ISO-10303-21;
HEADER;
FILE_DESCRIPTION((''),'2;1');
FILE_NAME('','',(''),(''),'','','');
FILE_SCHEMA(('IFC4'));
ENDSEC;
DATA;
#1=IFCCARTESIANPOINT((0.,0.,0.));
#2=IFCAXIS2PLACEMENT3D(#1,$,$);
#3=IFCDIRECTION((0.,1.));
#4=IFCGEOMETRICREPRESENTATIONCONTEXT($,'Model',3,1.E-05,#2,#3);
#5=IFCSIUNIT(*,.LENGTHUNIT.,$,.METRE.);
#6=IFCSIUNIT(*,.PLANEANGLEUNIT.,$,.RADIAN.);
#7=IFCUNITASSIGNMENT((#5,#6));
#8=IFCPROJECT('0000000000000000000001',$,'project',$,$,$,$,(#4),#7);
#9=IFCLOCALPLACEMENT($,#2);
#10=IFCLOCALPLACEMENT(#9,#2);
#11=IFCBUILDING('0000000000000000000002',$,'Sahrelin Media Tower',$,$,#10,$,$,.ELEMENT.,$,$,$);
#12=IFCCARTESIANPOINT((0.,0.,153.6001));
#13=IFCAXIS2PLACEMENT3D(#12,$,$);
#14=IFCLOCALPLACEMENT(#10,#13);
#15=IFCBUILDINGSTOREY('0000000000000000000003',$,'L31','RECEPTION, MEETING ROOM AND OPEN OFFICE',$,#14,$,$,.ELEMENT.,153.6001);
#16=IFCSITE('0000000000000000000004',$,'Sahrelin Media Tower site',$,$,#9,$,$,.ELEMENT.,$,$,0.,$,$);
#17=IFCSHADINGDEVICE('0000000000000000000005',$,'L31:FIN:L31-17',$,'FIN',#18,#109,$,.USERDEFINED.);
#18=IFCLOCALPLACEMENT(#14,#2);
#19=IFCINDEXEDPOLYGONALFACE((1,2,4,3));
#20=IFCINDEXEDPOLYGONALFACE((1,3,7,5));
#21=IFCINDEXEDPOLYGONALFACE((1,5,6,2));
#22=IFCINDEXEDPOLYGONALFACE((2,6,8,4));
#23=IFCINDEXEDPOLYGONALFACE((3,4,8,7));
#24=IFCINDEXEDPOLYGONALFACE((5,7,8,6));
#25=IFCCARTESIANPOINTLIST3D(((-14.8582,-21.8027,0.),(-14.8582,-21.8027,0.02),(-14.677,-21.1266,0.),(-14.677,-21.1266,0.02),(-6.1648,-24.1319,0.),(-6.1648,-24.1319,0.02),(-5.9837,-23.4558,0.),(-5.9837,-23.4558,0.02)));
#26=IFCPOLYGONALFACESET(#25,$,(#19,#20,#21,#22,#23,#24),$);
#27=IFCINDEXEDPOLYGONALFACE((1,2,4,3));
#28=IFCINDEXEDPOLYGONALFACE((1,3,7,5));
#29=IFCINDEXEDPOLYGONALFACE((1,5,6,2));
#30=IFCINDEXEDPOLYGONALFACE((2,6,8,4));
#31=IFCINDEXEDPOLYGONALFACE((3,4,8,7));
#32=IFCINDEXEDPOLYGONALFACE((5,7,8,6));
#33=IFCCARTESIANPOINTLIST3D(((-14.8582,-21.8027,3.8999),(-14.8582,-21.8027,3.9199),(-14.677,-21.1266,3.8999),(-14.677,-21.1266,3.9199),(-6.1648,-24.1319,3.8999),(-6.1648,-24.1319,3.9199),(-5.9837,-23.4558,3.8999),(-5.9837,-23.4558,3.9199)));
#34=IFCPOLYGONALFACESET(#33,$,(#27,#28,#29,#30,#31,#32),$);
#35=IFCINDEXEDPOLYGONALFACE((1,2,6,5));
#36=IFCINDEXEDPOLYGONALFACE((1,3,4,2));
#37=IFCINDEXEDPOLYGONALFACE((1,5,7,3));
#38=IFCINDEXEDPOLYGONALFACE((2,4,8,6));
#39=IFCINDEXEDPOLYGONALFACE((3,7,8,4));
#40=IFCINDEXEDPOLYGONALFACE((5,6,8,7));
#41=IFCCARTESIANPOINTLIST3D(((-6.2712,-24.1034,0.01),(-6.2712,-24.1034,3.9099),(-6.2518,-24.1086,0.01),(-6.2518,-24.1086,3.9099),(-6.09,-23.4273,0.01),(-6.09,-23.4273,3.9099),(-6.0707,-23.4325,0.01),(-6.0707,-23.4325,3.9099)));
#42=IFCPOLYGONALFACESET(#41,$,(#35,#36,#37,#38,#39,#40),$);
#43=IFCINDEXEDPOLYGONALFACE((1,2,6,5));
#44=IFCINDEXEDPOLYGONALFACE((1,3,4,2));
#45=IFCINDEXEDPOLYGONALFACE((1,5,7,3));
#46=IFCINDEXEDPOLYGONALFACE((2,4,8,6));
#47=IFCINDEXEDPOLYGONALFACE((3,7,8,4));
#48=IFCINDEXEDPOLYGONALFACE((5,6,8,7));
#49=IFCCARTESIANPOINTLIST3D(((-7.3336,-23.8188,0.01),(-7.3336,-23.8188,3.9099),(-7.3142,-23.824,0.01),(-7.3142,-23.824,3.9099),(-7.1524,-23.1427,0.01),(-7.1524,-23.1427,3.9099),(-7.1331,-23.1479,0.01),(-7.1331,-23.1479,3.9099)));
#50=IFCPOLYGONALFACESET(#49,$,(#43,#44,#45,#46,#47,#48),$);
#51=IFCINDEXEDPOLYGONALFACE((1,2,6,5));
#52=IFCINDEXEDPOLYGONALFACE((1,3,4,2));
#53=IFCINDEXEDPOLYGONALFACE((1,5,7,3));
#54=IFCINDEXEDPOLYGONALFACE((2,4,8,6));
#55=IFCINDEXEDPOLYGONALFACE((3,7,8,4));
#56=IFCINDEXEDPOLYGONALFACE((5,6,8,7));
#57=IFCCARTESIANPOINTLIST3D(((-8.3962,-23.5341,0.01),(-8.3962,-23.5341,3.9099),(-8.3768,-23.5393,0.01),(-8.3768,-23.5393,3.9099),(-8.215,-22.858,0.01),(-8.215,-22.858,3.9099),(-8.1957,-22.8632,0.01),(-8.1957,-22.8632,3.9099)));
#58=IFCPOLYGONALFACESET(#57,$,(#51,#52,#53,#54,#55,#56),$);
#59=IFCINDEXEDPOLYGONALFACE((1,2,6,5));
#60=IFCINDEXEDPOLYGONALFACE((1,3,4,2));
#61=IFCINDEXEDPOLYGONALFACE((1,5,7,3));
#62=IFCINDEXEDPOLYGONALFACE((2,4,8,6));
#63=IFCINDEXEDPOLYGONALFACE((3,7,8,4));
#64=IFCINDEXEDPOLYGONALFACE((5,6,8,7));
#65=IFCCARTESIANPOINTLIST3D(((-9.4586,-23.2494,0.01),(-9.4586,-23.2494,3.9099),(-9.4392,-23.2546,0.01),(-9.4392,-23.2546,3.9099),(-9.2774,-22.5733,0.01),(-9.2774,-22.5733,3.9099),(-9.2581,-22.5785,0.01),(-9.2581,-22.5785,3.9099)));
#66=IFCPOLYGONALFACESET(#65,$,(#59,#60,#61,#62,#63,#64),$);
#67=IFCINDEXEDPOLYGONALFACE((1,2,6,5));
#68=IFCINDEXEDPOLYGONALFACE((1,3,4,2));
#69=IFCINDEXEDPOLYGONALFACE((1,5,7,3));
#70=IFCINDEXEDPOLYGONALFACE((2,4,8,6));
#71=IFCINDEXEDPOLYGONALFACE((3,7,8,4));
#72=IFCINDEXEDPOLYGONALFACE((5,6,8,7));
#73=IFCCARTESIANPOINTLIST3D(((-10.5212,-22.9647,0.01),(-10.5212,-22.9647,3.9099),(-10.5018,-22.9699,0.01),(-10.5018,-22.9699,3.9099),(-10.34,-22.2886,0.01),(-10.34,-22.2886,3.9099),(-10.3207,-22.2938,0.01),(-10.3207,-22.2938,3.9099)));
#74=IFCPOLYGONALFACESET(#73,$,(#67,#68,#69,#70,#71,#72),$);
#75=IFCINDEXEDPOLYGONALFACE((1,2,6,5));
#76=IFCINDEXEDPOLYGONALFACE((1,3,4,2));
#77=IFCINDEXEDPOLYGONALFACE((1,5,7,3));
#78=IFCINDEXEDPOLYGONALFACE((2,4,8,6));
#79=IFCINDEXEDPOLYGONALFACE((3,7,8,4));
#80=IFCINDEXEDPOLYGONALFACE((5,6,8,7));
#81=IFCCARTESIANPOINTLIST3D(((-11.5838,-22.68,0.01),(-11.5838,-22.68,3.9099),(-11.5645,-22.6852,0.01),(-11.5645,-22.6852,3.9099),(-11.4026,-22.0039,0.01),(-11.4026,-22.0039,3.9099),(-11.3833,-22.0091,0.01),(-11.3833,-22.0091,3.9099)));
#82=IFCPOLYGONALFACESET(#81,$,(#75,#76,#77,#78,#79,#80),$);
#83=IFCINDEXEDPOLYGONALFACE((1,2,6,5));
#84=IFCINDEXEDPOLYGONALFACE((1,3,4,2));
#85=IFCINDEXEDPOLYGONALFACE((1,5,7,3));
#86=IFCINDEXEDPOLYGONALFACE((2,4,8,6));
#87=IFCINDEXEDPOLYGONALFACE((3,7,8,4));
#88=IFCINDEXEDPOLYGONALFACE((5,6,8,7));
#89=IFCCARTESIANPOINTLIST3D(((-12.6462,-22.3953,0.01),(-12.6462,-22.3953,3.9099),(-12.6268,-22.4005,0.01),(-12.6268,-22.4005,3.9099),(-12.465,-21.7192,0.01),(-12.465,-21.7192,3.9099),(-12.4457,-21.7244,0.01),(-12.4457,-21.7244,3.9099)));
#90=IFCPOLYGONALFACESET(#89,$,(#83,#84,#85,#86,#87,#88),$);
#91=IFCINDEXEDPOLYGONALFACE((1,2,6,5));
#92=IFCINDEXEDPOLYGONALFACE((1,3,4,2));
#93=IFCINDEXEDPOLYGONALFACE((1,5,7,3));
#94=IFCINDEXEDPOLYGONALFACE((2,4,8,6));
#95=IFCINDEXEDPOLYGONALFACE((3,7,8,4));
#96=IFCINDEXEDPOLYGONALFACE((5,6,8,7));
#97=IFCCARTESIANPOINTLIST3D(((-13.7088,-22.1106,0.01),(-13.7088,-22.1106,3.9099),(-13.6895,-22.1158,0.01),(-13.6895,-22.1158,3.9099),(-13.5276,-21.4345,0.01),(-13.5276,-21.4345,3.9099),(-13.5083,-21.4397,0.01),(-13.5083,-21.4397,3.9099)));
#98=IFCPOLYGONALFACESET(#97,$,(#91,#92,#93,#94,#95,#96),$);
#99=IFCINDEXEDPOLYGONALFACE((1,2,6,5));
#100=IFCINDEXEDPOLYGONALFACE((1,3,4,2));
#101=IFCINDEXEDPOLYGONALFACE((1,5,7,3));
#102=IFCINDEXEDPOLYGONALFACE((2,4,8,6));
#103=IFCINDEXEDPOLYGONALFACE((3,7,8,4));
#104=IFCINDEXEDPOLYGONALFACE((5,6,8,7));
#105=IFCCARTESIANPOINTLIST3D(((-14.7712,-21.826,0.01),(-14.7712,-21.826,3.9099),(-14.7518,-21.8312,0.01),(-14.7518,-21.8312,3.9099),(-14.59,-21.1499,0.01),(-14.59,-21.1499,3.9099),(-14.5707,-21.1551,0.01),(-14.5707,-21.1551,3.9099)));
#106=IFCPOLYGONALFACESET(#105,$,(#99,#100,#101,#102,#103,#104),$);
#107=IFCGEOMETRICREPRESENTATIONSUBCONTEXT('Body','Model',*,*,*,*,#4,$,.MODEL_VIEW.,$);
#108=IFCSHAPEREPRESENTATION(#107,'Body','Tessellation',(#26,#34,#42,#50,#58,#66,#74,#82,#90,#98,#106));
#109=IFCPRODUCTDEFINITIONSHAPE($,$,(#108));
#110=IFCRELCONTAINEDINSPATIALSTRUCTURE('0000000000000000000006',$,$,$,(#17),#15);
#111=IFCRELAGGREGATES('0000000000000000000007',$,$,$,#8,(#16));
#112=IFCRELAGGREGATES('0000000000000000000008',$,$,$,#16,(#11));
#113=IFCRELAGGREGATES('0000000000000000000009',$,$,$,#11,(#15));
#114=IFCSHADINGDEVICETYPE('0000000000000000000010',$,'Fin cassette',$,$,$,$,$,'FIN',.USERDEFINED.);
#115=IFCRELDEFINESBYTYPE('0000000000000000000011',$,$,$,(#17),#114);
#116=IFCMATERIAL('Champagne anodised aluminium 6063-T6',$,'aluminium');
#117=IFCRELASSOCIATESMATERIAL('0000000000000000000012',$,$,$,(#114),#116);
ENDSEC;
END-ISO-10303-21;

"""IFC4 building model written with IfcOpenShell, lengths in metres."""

from ifc_helpers import new_model, si_unit, direction, frame, origin, origin_2d, place, context, subcontext, project, spatial, rectangle, extrude, material, type_object, element, save


model = new_model("IFC4")

# Units and contexts
model_context = context("Model", 3, precision=1e-05, world=origin(), true_north=direction((0.0, 1.0)))
body_context = subcontext(model_context, "Body", "Model", "MODEL_VIEW")
ifc_project = project(units=[si_unit("LENGTHUNIT", "METRE"), si_unit("PLANEANGLEUNIT", "RADIAN")], contexts=[model_context])

# Site, building, storey
site_placement = place(None, origin())
site = spatial("IfcSite", under=ifc_project, at=site_placement, Name="Sahrelin Media Tower site", CompositionType="ELEMENT", RefElevation=0.0)
building_placement = place(site_placement, origin())
building = spatial("IfcBuilding", under=site, at=building_placement, Name="Sahrelin Media Tower", CompositionType="ELEMENT")
storey_placement = place(building_placement, frame((0.0, 0.0, 153.6001)))
storey = spatial("IfcBuildingStorey", under=building, at=storey_placement, Name="L31", Description="RECEPTION, MEETING ROOM AND OPEN OFFICE", CompositionType="ELEMENT", Elevation=153.6001)

# Shared definitions
ifc_material_1 = material(Name="Champagne anodised aluminium 6063-T6", Category="aluminium")

# Shading device
shading_device_type = type_object("IfcShadingDeviceType", Name="Fin cassette", ElementType="FIN", PredefinedType="USERDEFINED", material=ifc_material_1)
shading_device_placement = place(storey_placement, frame((-10.3123, -22.2236, 0.0), z_axis=(0.0, 0.0, 1.0), x_axis=(-0.965929, 0.258808, 0.0)))
element("IfcShadingDevice", 1, at=shading_device_placement, inside=storey, type_object=shading_device_type, Name="L31:FIN:L31-17", ObjectType="FIN", PredefinedType="USERDEFINED", context=body_context, shape_type="SweptSolid", body=[
    extrude(rectangle(XDim=9.0, YDim=0.7, at=origin_2d()), frame((0.0, 0.4199, 0.0)), (0.0, 0.0, 1.0), 0.02),
    extrude(rectangle(XDim=9.0, YDim=0.7, at=origin_2d()), frame((0.0, 0.4199, 3.8999)), (0.0, 0.0, 1.0), 0.02),
    extrude(rectangle(XDim=0.02, YDim=0.7, at=origin_2d()), frame((-4.3999, 0.4199, 0.01), z_axis=(0.0, 0.0, 1.0), x_axis=(1.0, 0.0, 0.0)), (0.0, 0.0, 1.0), 3.8999),
    extrude(rectangle(XDim=0.02, YDim=0.7, at=origin_2d()), frame((-3.3, 0.4199, 0.01), z_axis=(0.0, 0.0, 1.0), x_axis=(1.0, 0.0, 0.0)), (0.0, 0.0, 1.0), 3.8999),
    extrude(rectangle(XDim=0.02, YDim=0.7, at=origin_2d()), frame((-2.2, 0.4199, 0.01), z_axis=(0.0, 0.0, 1.0), x_axis=(1.0, 0.0, 0.0)), (0.0, 0.0, 1.0), 3.8999),
    extrude(rectangle(XDim=0.02, YDim=0.7, at=origin_2d()), frame((-1.1001, 0.4199, 0.01), z_axis=(0.0, 0.0, 1.0), x_axis=(1.0, 0.0, 0.0)), (0.0, 0.0, 1.0), 3.8999),
    extrude(rectangle(XDim=0.02, YDim=0.7, at=origin_2d()), frame((0.0, 0.4199, 0.01), z_axis=(0.0, 0.0, 1.0), x_axis=(1.0, 0.0, 0.0)), (0.0, 0.0, 1.0), 3.8999),
    extrude(rectangle(XDim=0.02, YDim=0.7, at=origin_2d()), frame((1.1001, 0.4199, 0.01), z_axis=(0.0, 0.0, 1.0), x_axis=(1.0, 0.0, 0.0)), (0.0, 0.0, 1.0), 3.8999),
    extrude(rectangle(XDim=0.02, YDim=0.7, at=origin_2d()), frame((2.2, 0.4199, 0.01), z_axis=(0.0, 0.0, 1.0), x_axis=(1.0, 0.0, 0.0)), (0.0, 0.0, 1.0), 3.8999),
    extrude(rectangle(XDim=0.02, YDim=0.7, at=origin_2d()), frame((3.3, 0.4199, 0.01), z_axis=(0.0, 0.0, 1.0), x_axis=(1.0, 0.0, 0.0)), (0.0, 0.0, 1.0), 3.8999),
    extrude(rectangle(XDim=0.02, YDim=0.7, at=origin_2d()), frame((4.3999, 0.4199, 0.01), z_axis=(0.0, 0.0, 1.0), x_axis=(1.0, 0.0, 0.0)), (0.0, 0.0, 1.0), 3.8999),
])

save(model, "model.ifc")
